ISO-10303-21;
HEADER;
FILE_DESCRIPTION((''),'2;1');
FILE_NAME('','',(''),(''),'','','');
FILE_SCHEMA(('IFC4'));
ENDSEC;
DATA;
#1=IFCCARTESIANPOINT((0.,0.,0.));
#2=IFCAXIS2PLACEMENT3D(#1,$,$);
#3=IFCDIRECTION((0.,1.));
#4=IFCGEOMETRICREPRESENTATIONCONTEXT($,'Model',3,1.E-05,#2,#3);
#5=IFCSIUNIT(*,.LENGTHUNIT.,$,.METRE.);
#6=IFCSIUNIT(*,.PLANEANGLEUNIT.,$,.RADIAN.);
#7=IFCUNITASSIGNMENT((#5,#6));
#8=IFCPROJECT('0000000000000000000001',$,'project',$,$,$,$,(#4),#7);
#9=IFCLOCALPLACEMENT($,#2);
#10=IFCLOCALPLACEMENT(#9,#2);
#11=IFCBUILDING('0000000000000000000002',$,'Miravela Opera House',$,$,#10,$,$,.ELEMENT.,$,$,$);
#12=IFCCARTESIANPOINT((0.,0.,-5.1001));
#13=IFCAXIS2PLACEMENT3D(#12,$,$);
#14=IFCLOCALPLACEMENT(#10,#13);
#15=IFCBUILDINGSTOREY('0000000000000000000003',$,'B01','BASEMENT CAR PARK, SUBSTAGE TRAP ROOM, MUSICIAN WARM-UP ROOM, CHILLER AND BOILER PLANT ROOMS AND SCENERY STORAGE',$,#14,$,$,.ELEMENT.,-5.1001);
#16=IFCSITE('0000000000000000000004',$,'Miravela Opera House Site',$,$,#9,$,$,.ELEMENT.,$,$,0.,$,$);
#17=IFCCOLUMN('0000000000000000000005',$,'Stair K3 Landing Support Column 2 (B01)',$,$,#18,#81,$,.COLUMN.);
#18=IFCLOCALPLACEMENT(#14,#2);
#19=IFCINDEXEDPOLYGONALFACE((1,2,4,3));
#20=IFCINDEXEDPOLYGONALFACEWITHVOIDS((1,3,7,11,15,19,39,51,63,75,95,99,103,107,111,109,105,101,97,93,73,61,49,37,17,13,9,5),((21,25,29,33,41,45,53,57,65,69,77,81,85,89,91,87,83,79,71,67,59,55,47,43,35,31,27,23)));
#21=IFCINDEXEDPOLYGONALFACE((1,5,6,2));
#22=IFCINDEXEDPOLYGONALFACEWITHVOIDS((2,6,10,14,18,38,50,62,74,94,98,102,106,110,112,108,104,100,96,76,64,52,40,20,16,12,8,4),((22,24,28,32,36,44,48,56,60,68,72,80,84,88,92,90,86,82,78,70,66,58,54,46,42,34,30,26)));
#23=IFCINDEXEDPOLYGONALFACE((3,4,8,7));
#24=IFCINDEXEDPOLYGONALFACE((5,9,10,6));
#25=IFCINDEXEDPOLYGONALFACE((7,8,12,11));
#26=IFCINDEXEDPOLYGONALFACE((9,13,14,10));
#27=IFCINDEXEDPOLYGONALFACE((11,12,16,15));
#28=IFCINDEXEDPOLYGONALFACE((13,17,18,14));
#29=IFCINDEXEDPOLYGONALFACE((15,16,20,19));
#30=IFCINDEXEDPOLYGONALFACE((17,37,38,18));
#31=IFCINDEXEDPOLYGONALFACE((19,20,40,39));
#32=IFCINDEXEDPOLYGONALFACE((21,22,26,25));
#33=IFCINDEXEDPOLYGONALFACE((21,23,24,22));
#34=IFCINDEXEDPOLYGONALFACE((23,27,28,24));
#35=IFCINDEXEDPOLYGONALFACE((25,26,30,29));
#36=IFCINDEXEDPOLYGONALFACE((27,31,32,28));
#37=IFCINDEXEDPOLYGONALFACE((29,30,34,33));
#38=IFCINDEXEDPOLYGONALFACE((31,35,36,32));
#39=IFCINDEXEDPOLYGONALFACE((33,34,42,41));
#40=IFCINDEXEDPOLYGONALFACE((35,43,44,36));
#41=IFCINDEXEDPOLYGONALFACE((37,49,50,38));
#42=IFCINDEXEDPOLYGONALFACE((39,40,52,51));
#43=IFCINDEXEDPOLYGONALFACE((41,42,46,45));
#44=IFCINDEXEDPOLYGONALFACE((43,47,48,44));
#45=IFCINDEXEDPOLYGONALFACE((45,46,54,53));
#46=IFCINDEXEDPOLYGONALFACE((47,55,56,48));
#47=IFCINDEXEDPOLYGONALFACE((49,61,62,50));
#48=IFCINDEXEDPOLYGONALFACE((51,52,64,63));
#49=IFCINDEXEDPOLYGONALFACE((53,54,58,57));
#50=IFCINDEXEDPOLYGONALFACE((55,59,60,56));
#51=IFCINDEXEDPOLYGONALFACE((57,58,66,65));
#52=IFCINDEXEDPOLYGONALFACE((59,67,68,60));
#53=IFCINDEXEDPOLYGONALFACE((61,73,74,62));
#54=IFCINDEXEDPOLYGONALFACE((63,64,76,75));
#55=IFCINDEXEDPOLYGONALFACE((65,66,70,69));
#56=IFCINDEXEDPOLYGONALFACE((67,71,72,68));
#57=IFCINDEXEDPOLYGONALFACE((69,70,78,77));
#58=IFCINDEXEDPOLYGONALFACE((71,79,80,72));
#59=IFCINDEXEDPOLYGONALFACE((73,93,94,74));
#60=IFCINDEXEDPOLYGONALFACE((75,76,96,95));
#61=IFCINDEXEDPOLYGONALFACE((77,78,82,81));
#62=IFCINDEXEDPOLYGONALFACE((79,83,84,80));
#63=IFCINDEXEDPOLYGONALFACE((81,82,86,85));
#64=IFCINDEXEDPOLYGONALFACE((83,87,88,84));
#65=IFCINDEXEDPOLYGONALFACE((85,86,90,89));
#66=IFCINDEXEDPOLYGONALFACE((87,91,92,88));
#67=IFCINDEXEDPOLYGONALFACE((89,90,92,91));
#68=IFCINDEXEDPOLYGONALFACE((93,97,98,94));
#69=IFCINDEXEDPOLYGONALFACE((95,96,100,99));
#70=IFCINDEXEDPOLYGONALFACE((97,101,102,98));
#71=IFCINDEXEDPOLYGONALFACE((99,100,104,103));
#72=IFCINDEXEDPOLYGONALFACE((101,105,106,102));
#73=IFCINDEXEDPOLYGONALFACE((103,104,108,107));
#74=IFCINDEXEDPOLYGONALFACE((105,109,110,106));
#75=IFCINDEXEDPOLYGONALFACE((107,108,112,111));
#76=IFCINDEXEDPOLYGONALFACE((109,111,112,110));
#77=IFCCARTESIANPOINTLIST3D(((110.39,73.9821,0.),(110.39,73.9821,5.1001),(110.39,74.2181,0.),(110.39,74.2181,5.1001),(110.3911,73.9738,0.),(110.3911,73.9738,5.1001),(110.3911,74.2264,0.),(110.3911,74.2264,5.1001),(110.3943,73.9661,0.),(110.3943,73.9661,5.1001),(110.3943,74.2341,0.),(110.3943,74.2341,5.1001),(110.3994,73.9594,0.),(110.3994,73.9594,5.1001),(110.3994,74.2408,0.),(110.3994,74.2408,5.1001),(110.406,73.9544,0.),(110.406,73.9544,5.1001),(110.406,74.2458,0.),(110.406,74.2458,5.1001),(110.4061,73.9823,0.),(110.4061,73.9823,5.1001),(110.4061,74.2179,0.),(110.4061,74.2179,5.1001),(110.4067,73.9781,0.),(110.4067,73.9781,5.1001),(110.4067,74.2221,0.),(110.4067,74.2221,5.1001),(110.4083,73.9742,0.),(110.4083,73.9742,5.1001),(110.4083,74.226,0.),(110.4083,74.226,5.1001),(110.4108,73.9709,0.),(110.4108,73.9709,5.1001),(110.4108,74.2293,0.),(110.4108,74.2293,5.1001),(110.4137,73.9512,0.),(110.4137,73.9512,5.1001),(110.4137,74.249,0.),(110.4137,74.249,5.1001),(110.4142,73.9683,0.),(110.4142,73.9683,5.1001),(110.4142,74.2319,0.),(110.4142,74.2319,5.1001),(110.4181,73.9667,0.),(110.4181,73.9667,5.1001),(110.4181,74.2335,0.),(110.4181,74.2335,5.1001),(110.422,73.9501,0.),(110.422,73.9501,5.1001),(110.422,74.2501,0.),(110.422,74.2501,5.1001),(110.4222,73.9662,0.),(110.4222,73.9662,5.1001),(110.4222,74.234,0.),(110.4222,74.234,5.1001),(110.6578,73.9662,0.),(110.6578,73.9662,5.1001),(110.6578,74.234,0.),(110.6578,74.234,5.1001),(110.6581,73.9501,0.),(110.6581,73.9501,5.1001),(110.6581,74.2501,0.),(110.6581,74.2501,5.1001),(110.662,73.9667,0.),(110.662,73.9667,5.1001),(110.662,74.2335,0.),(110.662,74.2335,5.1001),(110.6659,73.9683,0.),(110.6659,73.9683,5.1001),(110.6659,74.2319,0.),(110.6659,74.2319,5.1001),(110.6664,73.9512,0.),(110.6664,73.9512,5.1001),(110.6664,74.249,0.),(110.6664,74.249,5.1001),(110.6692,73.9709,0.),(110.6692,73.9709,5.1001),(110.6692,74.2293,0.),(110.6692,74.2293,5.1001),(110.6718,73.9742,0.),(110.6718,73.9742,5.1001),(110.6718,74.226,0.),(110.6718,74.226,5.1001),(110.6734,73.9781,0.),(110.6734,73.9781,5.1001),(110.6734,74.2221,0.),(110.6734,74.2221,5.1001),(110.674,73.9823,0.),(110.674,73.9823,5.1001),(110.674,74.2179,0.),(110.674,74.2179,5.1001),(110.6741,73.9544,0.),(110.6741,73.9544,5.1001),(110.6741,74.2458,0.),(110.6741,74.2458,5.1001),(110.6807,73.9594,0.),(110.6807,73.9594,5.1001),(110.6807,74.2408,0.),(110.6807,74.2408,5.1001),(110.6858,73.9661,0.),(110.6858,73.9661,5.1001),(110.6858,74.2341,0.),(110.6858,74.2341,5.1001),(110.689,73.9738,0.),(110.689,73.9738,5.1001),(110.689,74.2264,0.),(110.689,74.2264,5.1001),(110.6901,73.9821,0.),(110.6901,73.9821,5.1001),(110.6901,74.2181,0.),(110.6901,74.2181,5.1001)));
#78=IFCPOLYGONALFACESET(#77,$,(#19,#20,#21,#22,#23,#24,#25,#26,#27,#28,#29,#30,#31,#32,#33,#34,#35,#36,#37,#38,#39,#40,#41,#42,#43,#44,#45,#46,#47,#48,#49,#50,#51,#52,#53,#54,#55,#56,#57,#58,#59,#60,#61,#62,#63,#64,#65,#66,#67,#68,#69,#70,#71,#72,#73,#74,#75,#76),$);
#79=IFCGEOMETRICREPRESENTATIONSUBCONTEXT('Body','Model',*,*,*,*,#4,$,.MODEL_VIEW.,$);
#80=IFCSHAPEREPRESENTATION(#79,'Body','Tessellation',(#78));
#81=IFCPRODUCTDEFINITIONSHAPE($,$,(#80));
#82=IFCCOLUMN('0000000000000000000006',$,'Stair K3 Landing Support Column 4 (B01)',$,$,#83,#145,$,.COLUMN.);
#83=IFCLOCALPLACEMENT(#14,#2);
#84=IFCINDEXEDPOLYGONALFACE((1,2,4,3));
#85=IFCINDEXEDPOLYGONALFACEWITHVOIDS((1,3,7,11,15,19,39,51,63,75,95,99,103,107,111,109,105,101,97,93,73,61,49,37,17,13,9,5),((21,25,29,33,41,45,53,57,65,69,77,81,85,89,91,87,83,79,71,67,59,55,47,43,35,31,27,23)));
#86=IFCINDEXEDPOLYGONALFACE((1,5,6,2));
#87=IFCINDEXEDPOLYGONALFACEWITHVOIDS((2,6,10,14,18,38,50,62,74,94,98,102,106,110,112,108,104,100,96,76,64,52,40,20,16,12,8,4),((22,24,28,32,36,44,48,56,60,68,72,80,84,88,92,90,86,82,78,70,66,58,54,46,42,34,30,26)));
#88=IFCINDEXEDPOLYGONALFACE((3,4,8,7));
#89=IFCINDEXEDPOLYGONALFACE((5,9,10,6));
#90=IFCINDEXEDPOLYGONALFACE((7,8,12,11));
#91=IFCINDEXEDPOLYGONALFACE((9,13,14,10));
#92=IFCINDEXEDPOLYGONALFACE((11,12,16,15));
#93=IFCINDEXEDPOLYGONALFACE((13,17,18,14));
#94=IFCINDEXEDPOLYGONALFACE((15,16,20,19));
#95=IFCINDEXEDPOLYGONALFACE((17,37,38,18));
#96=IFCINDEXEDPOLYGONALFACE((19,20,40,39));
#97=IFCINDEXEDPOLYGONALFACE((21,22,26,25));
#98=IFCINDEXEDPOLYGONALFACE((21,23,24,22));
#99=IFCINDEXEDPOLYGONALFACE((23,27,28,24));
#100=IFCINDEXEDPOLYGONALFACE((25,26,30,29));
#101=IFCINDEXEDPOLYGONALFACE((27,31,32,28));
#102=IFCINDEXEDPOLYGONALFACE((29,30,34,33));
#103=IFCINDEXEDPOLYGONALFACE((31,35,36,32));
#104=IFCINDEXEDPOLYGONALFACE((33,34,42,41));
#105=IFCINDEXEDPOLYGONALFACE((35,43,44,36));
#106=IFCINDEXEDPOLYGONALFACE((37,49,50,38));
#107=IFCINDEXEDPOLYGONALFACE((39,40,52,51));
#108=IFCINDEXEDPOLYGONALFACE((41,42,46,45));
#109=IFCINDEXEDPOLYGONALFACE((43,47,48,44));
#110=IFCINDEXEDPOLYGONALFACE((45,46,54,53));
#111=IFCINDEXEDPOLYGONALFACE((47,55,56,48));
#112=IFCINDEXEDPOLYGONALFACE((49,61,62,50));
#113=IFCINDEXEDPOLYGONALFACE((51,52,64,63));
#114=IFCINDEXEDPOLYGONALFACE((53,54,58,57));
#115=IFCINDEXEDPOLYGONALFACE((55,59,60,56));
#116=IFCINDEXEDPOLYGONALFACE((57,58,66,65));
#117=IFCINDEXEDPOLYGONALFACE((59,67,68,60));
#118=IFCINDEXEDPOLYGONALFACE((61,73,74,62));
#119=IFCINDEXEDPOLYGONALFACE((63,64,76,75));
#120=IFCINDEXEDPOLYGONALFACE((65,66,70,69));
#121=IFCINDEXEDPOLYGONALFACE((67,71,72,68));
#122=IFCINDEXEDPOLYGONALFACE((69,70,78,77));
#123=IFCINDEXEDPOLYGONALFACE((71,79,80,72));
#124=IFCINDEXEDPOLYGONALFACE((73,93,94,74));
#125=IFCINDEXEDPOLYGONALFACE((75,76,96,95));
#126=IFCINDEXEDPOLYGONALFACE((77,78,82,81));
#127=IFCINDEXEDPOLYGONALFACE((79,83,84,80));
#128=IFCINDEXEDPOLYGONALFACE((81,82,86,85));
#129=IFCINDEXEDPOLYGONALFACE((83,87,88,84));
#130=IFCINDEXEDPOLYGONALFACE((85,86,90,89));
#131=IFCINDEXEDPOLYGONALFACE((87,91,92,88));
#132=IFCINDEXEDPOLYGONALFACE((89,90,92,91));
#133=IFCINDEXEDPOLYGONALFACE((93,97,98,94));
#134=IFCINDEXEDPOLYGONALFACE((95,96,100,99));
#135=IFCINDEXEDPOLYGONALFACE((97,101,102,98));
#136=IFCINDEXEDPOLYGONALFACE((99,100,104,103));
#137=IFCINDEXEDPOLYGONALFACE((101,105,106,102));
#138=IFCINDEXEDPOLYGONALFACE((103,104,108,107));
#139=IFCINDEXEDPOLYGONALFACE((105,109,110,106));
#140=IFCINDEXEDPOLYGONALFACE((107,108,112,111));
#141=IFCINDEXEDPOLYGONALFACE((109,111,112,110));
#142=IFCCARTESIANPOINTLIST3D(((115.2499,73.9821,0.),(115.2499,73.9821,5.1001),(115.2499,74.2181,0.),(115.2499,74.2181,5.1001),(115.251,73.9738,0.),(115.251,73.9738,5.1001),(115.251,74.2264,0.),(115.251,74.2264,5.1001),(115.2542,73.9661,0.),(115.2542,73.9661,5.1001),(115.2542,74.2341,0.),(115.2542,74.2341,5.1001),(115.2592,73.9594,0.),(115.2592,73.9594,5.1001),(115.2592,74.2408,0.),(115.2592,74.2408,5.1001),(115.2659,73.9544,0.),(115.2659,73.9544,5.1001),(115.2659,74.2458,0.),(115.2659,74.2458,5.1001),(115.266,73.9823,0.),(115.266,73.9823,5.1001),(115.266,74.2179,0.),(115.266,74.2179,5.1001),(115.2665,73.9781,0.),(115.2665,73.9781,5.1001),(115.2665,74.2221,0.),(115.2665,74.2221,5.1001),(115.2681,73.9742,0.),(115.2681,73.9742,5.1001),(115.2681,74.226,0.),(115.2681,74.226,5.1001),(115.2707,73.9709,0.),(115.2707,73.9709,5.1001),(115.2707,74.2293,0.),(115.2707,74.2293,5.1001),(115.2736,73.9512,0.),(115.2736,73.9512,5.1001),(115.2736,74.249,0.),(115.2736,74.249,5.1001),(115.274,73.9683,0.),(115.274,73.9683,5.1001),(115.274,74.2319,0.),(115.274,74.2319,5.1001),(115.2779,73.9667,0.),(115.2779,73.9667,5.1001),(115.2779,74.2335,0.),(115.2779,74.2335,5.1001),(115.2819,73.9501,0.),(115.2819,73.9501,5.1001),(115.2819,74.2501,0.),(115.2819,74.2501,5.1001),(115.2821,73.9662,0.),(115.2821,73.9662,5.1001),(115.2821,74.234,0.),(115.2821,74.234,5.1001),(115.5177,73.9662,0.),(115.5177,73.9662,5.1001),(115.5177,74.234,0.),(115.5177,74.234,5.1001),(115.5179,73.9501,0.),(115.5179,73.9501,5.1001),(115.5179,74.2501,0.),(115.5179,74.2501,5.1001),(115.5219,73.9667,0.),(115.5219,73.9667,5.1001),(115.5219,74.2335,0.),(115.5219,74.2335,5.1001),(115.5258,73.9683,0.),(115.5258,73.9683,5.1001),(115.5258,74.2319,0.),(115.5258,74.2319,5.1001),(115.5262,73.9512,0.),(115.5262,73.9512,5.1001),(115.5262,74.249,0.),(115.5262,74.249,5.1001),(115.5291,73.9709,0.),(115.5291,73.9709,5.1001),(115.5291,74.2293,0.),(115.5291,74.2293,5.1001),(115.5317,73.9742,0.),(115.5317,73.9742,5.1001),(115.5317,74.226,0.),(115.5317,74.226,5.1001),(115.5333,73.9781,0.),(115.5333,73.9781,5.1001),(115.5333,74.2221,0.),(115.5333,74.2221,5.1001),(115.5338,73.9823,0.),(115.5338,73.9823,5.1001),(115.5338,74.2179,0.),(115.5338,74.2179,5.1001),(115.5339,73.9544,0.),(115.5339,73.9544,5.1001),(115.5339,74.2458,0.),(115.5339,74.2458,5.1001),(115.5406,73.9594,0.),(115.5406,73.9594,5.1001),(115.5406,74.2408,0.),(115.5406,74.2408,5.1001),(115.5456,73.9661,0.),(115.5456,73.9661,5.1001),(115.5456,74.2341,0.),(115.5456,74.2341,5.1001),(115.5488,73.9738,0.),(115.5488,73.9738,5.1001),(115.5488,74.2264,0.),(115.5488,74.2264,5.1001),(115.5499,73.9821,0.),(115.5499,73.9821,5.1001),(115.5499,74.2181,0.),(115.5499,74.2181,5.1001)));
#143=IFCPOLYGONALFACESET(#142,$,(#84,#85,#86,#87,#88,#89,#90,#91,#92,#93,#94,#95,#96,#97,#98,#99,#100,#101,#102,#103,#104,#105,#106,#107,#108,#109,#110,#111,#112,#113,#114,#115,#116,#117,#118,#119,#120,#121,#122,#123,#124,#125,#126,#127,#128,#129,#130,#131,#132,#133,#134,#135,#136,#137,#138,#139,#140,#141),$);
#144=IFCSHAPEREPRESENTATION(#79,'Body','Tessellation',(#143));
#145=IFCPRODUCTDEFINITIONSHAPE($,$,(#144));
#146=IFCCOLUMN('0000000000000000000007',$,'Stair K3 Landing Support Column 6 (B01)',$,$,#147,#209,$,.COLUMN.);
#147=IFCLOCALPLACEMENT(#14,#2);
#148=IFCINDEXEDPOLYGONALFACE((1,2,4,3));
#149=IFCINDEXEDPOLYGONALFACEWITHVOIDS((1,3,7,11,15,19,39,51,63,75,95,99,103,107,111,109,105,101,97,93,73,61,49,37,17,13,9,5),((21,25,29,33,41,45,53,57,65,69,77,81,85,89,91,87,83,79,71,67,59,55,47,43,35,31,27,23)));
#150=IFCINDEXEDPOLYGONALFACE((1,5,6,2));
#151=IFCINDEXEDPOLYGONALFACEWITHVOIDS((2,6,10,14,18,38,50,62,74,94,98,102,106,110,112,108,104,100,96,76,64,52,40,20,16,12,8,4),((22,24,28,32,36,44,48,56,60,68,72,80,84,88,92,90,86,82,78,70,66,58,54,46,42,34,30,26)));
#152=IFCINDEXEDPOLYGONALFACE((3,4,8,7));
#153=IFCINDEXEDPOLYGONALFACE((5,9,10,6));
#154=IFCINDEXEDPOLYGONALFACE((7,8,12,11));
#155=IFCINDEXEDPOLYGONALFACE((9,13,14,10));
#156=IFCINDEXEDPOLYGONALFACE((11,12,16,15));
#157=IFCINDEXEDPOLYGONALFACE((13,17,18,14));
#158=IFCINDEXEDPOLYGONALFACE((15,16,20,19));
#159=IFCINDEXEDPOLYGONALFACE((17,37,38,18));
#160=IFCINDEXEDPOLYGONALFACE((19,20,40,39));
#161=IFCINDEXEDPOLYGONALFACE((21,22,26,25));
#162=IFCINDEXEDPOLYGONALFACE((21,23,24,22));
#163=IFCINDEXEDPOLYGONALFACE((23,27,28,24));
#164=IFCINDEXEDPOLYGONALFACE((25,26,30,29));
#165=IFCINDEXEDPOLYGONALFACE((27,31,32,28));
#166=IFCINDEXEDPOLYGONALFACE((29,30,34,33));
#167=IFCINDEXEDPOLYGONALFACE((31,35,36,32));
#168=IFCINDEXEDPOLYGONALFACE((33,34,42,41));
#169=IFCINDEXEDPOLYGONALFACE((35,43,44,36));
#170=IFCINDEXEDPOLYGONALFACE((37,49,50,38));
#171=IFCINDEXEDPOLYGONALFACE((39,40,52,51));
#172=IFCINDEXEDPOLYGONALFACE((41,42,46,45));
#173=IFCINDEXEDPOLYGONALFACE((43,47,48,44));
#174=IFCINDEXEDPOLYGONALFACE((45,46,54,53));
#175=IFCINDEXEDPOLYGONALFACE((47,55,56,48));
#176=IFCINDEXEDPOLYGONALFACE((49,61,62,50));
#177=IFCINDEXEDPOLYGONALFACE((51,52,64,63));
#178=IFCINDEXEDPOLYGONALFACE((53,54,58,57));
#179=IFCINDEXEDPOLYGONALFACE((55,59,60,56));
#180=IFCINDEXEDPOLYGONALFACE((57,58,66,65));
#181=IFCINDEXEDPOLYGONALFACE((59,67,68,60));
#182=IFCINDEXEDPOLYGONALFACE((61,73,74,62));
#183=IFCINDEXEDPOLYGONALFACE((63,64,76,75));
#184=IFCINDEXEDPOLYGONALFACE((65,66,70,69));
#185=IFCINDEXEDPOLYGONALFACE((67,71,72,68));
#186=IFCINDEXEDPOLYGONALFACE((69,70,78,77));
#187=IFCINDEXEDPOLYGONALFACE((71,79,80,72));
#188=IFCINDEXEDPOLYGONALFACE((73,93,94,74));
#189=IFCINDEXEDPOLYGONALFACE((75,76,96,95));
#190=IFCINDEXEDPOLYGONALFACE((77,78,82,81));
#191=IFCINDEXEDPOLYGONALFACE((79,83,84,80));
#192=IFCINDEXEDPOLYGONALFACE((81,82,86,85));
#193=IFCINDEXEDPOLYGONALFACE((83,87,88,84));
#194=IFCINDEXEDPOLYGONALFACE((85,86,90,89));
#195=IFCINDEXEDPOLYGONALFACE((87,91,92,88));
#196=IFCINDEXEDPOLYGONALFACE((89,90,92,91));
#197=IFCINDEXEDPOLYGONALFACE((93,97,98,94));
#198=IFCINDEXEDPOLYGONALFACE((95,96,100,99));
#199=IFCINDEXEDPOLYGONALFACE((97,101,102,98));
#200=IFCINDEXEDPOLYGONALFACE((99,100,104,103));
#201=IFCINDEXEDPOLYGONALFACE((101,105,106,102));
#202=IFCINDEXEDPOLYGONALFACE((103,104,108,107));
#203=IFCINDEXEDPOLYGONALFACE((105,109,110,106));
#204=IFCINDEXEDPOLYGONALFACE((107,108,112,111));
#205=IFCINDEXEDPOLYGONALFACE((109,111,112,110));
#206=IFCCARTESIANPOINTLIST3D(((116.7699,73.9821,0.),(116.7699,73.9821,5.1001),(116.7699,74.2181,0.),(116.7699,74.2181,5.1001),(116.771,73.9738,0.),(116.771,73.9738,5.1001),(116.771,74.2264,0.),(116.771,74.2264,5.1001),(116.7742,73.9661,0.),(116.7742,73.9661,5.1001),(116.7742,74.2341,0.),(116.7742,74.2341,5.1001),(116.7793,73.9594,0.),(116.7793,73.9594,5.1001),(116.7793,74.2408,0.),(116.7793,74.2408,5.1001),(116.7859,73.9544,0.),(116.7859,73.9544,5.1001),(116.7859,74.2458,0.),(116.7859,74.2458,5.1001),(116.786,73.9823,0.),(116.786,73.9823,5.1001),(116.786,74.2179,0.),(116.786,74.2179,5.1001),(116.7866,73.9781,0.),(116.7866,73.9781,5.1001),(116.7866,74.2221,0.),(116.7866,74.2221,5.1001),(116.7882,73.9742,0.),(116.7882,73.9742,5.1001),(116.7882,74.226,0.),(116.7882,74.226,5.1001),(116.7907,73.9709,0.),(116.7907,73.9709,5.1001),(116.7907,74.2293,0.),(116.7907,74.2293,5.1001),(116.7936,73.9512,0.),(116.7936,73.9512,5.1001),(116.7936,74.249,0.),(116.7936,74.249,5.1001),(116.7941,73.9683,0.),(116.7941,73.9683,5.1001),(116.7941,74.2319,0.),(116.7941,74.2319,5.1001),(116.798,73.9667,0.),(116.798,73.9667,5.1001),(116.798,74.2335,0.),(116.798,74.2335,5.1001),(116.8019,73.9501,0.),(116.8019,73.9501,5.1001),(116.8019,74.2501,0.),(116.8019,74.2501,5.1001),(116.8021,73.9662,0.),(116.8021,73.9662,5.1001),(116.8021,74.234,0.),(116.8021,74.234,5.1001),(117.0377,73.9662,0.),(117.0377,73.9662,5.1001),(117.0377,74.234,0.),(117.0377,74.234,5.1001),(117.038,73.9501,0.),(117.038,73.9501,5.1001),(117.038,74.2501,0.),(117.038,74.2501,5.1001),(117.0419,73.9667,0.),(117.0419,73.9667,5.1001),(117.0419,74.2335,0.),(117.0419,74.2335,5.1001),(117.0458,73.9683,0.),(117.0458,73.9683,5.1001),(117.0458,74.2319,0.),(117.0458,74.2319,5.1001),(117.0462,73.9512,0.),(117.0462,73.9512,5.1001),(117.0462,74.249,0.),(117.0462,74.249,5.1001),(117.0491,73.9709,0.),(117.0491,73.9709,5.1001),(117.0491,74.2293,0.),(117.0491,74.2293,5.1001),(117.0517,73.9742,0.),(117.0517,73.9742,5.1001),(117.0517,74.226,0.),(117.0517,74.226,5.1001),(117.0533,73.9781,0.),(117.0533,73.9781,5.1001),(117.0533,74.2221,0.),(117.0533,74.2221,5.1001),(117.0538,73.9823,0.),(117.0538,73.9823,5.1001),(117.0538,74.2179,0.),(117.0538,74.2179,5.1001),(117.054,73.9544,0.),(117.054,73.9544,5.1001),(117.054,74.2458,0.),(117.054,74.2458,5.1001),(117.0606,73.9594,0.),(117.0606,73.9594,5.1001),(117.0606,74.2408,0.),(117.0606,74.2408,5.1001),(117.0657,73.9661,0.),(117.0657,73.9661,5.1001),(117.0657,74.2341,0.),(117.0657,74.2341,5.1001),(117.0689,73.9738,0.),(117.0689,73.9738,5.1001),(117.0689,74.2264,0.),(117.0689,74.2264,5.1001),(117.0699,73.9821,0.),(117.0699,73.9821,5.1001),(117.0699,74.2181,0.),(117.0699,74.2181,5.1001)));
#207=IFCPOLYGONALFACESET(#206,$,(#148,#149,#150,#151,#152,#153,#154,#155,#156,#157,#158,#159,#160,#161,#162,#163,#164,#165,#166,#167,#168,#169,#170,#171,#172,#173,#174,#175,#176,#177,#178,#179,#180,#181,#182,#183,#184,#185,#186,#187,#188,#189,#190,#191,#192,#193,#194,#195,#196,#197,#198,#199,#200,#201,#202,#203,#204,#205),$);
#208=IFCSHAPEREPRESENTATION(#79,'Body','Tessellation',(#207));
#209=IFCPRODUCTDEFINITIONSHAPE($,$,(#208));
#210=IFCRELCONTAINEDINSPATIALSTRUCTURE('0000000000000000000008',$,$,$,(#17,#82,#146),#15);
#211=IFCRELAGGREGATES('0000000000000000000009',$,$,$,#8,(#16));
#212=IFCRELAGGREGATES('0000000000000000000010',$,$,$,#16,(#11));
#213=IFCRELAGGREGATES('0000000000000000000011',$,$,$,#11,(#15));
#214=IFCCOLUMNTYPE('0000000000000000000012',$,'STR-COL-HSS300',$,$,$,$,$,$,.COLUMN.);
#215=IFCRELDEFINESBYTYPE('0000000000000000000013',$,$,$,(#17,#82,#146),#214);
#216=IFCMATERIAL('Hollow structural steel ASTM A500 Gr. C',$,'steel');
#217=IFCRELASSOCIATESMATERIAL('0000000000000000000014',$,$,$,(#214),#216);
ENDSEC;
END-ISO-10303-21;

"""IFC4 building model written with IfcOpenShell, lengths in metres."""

from ifc_helpers import new_model, si_unit, direction, frame, origin, origin_2d, place, context, subcontext, project, spatial, hollow_rectangle, extrude, material, material_profile, profile_set, type_object, element, save


model = new_model("IFC4")

# Units and contexts
model_context = context("Model", 3, precision=1e-05, world=origin(), true_north=direction((0.0, 1.0)))
body_context = subcontext(model_context, "Body", "Model", "MODEL_VIEW")
ifc_project = project(units=[si_unit("LENGTHUNIT", "METRE"), si_unit("PLANEANGLEUNIT", "RADIAN")], contexts=[model_context])

# Site, building, storey
site_placement = place(None, origin())
site = spatial("IfcSite", under=ifc_project, at=site_placement, Name="Miravela Opera House Site", CompositionType="ELEMENT", RefElevation=0.0)
building_placement = place(site_placement, origin())
building = spatial("IfcBuilding", under=site, at=building_placement, Name="Miravela Opera House", CompositionType="ELEMENT")
storey_placement = place(building_placement, frame((0.0, 0.0, -5.1001)))
storey = spatial("IfcBuildingStorey", under=building, at=storey_placement, Name="B01", Description="BASEMENT CAR PARK, SUBSTAGE TRAP ROOM, MUSICIAN WARM-UP ROOM, CHILLER AND BOILER PLANT ROOMS AND SCENERY STORAGE", CompositionType="ELEMENT", Elevation=-5.1001)

# Columns
ifc_material_1 = material(Name="Hollow structural steel ASTM A500 Gr. C", Category="steel")
ifc_material_profile_1 = material_profile(ifc_material_1, hollow_rectangle(XDim=0.3, YDim=0.3, WallThickness=0.0161, InnerFilletRadius=0.0161, OuterFilletRadius=0.032, at=origin_2d()), Name="HSS300X300X16")
ifc_profile_set_1 = profile_set([ifc_material_profile_1])
column_type_1 = type_object("IfcColumnType", Name="STR-COL-HSS300", PredefinedType="COLUMN", material=ifc_profile_set_1)
for number, where, z_axis, x_axis, name in (
    (1, (110.54, 74.1001, 0.0), (0.0, 0.0, 1.0), (1.0, 0.0, 0.0), "Stair K3 Landing Support Column 2 (B01)"),
    (2, (115.3999, 74.1001, 0.0), (0.0, 0.0, 1.0), (1.0, 0.0, 0.0), "Stair K3 Landing Support Column 4 (B01)"),
    (3, (116.9199, 74.1001, 0.0), (0.0, 0.0, 1.0), (1.0, 0.0, 0.0), "Stair K3 Landing Support Column 6 (B01)"),
):
    element("IfcColumn", number, at=place(storey_placement, frame(where, z_axis=z_axis, x_axis=x_axis)), inside=storey, type_object=column_type_1, Name=name, PredefinedType="COLUMN", context=body_context, shape_type="SweptSolid", body=[
        extrude(hollow_rectangle(XDim=0.3, YDim=0.3, WallThickness=0.0161, InnerFilletRadius=0.0161, OuterFilletRadius=0.032, at=origin_2d()), origin(), (0.0, 0.0, 1.0), 5.1001),
    ])

save(model, "model.ifc")
